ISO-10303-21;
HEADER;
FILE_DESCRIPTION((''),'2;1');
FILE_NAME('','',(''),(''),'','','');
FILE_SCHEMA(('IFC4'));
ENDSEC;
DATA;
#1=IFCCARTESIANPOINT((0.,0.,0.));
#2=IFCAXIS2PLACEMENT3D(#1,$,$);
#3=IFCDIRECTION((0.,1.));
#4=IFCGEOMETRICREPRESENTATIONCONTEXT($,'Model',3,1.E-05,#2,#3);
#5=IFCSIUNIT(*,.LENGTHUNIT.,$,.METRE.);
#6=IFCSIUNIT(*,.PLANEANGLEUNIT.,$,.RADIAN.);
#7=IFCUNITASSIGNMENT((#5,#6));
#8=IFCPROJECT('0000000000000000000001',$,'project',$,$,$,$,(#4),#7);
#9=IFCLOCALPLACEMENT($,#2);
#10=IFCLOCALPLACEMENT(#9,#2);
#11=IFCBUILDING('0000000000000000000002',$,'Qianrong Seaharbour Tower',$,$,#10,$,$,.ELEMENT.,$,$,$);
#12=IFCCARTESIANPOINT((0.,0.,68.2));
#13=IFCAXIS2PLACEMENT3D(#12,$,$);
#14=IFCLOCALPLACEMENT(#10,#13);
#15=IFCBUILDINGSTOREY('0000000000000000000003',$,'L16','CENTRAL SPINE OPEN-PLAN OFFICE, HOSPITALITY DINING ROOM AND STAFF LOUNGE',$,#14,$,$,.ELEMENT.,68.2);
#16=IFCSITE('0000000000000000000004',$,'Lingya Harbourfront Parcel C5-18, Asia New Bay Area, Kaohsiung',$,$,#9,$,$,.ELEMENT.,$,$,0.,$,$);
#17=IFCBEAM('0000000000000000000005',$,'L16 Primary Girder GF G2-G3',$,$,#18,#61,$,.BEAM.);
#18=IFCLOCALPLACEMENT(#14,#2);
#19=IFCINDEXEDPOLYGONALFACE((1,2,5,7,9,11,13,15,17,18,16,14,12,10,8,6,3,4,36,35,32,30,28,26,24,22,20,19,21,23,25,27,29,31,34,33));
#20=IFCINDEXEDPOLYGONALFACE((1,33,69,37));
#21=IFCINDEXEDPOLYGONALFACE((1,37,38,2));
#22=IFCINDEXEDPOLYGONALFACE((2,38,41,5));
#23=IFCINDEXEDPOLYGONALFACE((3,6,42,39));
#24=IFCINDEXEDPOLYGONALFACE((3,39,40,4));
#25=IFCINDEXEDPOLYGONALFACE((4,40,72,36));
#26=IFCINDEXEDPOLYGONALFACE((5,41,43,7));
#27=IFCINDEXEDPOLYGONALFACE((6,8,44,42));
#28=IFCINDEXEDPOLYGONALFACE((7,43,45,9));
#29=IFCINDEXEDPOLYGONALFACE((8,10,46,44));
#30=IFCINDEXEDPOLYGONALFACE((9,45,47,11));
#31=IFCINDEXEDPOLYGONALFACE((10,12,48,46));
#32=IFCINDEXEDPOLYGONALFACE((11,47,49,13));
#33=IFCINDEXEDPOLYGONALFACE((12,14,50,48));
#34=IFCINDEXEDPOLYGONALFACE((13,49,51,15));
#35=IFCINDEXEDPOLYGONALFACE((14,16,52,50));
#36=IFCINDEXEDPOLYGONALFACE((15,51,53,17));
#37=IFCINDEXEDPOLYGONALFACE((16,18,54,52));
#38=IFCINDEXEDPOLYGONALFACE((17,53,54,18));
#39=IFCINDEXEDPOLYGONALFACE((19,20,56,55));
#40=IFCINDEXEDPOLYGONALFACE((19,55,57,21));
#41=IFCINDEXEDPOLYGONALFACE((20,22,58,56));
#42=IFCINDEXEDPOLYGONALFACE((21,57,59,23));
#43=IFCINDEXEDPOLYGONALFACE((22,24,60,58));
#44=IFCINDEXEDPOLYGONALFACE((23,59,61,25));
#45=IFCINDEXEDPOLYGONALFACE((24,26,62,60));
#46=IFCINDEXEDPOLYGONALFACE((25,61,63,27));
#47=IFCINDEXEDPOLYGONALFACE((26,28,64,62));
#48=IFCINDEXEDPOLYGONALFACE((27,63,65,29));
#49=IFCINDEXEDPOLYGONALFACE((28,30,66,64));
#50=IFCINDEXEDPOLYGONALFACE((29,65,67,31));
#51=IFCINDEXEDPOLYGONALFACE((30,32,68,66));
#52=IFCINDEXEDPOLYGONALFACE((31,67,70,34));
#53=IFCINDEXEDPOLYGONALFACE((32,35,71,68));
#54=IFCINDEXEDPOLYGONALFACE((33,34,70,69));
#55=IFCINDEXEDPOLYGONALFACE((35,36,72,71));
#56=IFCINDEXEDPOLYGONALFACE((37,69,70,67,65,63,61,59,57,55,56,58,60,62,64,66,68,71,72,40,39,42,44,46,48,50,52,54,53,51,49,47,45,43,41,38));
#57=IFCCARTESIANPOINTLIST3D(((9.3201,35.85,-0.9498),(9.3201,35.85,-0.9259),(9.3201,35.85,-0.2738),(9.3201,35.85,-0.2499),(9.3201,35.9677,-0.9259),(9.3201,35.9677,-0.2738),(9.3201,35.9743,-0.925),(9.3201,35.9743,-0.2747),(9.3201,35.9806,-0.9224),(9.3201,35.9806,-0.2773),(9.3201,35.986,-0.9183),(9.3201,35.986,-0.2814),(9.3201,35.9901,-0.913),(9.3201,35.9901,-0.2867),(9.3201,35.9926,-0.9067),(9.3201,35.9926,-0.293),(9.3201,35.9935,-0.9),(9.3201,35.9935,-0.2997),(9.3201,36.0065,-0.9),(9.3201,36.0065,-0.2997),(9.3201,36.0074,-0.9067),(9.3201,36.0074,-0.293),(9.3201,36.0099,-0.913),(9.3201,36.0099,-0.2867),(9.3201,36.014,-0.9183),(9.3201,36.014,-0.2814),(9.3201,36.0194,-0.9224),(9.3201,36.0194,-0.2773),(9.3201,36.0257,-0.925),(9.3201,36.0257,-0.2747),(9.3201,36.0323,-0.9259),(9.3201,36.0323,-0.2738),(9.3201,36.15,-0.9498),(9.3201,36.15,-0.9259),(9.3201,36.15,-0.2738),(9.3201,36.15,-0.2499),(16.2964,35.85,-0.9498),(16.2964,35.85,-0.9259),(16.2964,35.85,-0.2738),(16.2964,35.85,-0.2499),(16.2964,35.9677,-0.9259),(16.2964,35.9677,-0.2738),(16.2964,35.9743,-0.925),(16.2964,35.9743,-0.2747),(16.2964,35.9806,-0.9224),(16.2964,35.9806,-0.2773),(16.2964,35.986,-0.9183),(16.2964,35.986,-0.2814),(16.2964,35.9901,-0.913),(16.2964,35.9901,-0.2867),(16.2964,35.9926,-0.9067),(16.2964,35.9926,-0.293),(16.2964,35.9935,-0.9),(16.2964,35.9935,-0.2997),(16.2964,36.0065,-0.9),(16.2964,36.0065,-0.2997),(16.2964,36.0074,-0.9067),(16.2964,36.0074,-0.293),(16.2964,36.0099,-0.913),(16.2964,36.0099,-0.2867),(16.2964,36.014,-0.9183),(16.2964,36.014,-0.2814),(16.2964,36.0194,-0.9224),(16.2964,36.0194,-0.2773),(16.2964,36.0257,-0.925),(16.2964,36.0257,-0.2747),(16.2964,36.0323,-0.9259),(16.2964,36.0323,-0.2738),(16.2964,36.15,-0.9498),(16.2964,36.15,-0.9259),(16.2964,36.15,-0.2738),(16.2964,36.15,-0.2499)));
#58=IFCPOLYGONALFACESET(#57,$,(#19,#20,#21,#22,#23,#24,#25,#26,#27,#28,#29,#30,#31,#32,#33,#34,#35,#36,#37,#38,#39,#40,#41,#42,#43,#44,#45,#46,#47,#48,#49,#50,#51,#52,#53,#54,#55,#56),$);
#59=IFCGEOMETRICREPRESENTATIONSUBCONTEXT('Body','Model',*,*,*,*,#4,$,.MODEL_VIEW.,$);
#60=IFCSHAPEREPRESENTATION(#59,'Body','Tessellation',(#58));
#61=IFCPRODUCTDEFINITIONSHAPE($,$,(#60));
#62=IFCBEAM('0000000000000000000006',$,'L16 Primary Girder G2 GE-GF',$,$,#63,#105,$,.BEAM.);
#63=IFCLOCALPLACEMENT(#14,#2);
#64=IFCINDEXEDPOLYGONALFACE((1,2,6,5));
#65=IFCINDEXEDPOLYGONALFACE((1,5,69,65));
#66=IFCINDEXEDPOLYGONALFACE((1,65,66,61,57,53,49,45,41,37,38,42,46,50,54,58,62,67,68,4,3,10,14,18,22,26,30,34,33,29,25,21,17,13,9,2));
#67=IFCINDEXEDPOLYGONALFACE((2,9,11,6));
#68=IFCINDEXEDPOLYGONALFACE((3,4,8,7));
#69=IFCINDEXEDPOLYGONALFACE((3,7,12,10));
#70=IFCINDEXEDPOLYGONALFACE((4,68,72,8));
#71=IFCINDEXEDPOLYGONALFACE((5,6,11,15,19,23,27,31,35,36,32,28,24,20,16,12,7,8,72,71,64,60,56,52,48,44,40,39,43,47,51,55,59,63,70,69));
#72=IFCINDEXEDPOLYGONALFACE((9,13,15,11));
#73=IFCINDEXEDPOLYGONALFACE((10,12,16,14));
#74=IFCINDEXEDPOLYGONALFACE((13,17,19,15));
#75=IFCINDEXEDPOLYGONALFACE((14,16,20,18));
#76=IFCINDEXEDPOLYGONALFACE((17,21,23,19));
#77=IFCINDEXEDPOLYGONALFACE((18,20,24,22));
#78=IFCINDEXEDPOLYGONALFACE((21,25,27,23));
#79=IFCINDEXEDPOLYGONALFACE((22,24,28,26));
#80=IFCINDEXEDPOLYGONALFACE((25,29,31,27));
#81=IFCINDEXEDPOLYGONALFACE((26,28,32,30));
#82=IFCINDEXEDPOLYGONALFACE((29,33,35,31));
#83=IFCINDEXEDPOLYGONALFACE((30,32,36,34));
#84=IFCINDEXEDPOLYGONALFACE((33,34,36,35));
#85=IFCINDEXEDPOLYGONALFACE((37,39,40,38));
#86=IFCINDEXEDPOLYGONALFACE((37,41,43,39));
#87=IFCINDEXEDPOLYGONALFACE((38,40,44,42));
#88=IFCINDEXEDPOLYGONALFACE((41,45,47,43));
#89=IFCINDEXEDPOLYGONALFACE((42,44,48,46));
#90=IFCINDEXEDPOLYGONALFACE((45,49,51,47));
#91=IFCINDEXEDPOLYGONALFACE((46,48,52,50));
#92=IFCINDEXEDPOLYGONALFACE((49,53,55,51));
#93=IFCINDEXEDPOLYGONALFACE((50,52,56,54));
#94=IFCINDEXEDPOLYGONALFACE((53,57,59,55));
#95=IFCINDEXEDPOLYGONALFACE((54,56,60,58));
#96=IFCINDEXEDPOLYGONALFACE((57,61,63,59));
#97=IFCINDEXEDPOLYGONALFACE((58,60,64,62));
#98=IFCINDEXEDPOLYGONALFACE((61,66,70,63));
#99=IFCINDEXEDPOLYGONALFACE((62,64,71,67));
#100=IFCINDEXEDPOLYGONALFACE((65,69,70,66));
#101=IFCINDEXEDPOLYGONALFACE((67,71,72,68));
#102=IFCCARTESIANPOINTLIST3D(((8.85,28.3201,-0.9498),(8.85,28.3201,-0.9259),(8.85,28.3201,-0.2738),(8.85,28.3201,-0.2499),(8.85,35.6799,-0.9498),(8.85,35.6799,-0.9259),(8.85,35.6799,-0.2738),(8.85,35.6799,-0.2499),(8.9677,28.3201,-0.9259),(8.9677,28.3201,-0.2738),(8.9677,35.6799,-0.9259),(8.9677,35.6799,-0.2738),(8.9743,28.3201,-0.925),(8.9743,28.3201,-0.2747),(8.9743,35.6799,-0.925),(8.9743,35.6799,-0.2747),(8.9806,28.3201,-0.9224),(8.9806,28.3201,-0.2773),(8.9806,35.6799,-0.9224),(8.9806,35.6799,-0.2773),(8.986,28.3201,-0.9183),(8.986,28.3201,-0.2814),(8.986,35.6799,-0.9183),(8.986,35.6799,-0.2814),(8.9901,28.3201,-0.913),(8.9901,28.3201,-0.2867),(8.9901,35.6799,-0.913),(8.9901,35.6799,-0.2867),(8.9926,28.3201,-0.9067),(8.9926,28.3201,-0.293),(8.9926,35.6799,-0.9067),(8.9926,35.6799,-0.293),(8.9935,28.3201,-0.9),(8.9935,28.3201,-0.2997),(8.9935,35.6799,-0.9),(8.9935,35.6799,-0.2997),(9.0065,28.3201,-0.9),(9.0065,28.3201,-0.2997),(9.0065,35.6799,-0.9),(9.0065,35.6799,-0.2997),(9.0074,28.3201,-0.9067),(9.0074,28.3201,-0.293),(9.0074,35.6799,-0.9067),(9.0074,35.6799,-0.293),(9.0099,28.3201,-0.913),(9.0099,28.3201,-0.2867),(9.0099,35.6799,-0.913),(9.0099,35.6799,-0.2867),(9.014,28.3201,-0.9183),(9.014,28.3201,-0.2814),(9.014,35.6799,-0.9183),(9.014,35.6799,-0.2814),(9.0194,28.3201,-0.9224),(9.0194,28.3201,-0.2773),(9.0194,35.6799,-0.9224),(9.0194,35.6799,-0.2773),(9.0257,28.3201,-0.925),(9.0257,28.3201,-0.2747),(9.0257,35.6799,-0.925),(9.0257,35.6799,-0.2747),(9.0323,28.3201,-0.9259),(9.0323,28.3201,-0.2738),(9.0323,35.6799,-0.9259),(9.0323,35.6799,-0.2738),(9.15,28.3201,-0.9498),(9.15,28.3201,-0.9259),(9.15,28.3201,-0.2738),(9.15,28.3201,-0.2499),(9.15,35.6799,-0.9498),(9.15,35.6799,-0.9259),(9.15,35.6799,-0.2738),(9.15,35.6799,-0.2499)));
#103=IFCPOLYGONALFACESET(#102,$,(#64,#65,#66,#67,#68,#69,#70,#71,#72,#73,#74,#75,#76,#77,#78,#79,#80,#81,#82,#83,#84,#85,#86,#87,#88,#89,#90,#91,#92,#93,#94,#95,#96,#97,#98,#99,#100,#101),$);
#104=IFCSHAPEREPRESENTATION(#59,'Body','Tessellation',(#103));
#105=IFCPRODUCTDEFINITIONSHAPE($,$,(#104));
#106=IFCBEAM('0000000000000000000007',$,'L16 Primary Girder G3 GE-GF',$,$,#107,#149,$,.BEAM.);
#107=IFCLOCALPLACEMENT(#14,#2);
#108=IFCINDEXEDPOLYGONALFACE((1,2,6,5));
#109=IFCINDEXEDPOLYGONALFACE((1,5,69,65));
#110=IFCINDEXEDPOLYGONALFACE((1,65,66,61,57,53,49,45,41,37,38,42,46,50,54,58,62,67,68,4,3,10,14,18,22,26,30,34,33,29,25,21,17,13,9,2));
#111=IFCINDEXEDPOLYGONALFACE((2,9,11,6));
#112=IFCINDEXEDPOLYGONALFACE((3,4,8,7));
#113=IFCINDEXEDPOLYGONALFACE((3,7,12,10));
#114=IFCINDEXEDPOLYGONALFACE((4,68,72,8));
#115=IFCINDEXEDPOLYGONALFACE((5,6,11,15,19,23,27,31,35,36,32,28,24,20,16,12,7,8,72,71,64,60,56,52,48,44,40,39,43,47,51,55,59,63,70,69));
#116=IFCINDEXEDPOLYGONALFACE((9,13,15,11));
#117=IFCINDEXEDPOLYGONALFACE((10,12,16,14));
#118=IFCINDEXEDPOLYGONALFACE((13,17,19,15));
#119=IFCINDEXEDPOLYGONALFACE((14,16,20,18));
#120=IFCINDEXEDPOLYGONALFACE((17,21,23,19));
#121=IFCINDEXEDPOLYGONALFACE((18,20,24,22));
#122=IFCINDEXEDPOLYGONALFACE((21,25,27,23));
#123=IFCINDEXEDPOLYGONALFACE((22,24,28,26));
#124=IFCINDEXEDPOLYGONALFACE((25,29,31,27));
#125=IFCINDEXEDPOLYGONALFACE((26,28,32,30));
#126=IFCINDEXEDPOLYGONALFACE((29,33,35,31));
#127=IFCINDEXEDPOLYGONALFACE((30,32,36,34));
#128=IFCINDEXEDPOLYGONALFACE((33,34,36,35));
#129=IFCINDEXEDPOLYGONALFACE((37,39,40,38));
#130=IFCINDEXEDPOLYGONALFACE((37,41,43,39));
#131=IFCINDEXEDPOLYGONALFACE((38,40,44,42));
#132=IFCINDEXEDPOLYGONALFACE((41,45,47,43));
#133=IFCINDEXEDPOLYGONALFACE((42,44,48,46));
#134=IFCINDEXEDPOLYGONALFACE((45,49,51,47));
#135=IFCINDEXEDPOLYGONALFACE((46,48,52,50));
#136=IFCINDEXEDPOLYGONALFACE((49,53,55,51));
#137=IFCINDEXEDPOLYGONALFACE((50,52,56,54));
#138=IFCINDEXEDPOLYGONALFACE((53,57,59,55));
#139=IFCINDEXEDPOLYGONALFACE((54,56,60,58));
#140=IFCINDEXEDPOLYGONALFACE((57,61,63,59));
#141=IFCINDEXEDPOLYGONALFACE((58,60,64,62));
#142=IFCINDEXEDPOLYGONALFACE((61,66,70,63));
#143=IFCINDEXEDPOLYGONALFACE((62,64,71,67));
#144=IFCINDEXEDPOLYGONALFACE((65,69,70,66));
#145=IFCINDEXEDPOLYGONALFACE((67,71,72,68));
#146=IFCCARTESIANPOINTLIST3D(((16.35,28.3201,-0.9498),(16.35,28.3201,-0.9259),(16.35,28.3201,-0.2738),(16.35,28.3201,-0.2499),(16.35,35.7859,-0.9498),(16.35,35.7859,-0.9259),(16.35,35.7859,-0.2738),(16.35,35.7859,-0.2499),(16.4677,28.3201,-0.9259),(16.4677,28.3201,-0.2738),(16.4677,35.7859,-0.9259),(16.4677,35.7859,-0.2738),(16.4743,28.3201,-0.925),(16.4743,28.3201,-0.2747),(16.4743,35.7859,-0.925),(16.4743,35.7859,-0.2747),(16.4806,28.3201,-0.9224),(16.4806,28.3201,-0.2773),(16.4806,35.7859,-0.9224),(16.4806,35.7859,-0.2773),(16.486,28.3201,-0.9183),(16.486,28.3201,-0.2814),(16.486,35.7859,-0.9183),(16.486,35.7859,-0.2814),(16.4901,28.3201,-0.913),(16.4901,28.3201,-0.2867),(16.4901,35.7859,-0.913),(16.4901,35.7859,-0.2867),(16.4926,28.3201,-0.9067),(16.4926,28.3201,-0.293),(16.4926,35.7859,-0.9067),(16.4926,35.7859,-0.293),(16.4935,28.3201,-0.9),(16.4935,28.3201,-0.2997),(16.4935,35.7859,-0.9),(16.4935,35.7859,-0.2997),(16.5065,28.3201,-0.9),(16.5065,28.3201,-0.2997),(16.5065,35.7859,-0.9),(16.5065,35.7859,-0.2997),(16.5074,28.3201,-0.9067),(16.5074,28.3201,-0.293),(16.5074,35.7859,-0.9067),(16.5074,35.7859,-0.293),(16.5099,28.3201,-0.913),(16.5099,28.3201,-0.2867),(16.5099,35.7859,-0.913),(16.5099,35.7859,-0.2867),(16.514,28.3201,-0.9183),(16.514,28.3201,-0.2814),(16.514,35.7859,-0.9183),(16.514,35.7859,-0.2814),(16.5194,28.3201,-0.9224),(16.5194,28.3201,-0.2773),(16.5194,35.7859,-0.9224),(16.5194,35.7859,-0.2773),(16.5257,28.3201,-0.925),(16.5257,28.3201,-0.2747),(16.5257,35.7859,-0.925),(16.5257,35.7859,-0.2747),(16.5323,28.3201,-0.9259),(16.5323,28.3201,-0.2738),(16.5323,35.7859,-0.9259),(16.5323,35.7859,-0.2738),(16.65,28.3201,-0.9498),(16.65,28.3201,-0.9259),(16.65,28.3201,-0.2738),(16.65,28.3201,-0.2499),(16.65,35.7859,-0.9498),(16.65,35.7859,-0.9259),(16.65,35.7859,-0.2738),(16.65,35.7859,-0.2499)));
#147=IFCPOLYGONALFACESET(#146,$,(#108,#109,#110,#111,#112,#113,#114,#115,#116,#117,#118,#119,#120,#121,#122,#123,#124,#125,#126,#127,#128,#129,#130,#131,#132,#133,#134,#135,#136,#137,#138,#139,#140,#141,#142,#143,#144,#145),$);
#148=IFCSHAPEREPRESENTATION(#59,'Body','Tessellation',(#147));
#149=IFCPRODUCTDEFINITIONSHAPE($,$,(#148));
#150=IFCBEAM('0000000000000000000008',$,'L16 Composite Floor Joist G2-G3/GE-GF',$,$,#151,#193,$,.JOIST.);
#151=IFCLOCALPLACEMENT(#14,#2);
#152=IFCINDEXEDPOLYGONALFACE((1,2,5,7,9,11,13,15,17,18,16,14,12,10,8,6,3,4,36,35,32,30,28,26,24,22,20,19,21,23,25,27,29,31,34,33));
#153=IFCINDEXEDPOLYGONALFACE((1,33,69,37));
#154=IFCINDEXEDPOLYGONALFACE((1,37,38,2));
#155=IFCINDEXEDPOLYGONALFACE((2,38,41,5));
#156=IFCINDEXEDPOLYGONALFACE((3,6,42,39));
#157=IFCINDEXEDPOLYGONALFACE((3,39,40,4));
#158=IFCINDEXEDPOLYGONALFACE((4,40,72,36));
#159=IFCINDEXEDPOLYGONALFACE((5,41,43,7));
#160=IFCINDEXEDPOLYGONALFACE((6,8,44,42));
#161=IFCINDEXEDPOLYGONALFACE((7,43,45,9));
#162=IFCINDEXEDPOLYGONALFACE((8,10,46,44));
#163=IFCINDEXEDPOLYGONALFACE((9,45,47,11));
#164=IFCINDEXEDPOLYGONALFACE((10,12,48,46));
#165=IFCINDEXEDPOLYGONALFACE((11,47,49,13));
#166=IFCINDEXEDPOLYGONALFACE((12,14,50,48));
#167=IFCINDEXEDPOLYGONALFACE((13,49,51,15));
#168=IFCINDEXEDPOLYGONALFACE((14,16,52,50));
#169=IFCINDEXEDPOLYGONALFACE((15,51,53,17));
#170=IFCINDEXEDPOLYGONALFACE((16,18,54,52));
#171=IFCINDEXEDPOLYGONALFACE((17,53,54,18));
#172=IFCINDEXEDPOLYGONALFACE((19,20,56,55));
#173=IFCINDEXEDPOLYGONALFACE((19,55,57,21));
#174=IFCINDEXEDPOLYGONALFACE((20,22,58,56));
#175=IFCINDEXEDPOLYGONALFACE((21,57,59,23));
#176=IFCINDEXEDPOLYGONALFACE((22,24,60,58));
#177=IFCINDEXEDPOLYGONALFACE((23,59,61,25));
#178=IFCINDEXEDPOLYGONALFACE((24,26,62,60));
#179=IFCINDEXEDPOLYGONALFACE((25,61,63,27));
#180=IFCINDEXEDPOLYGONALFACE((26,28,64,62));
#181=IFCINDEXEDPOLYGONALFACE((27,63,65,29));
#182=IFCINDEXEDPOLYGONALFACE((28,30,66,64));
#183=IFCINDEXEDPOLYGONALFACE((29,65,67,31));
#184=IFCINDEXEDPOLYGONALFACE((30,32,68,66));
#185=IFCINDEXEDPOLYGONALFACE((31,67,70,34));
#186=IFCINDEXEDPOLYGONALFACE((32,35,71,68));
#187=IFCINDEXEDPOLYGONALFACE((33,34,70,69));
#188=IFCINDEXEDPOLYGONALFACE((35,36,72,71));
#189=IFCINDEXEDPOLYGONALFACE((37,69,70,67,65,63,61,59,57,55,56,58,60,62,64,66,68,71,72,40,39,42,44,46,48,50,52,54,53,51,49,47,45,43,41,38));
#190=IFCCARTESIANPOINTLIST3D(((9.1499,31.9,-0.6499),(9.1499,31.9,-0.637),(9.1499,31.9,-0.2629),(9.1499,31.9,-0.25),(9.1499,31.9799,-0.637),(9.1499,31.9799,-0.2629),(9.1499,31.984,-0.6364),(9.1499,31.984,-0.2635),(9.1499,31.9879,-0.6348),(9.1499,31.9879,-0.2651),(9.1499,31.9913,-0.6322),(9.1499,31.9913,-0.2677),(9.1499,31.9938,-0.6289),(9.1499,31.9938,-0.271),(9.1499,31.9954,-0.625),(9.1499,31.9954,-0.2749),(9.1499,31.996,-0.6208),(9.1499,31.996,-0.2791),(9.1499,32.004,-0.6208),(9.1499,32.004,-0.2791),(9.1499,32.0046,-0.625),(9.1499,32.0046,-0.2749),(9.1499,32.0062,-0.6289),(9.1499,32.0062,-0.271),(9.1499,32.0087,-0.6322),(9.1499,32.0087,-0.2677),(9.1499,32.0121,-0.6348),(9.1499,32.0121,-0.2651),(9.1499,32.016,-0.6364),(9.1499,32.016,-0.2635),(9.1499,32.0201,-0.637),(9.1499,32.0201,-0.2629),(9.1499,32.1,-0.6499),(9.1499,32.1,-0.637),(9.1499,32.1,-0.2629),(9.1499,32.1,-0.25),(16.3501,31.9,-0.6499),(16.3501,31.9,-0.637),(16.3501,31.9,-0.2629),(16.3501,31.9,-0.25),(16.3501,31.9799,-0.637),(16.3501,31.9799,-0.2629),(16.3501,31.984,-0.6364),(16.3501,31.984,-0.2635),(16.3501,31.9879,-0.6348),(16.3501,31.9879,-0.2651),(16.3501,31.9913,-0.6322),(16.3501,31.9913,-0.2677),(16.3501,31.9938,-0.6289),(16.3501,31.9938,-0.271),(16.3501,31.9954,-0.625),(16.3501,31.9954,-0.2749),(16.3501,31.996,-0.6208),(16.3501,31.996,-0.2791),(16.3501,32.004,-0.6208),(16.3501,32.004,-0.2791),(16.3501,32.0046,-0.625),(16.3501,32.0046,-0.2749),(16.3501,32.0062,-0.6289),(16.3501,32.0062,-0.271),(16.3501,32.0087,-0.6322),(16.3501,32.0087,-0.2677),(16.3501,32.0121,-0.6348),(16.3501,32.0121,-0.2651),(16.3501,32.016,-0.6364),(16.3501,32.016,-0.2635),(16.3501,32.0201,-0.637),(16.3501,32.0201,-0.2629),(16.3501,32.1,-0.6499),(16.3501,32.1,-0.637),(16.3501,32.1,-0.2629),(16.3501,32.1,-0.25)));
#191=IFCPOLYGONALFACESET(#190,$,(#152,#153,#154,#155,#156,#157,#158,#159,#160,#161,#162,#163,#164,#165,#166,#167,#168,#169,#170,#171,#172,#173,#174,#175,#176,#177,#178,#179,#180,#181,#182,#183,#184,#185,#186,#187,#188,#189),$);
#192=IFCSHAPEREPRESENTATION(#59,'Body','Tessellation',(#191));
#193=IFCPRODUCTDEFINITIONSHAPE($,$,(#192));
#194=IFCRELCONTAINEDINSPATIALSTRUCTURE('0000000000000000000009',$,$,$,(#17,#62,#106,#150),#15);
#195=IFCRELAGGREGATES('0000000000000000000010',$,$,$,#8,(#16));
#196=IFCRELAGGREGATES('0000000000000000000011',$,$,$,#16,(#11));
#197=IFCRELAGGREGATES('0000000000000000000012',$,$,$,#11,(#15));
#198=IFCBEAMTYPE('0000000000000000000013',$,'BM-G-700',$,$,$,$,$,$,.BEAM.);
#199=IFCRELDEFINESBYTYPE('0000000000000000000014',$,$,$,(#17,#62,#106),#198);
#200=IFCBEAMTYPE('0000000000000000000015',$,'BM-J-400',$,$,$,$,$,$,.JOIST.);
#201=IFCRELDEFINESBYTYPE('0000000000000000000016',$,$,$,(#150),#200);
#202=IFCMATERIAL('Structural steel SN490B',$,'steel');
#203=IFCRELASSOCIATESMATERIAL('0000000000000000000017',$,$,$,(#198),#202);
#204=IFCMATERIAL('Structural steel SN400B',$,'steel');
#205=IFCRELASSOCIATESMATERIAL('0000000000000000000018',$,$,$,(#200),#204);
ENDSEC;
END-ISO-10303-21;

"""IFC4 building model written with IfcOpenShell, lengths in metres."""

from ifc_helpers import new_model, si_unit, direction, frame, origin, origin_2d, place, context, subcontext, project, spatial, i_section, extrude, material, material_profile, profile_set, type_object, element, save


model = new_model("IFC4")

# Units and contexts
model_context = context("Model", 3, precision=1e-05, world=origin(), true_north=direction((0.0, 1.0)))
body_context = subcontext(model_context, "Body", "Model", "MODEL_VIEW")
ifc_project = project(units=[si_unit("LENGTHUNIT", "METRE"), si_unit("PLANEANGLEUNIT", "RADIAN")], contexts=[model_context])

# Site, building, storey
site_placement = place(None, origin())
site = spatial("IfcSite", under=ifc_project, at=site_placement, Name="Lingya Harbourfront Parcel C5-18, Asia New Bay Area, Kaohsiung", CompositionType="ELEMENT", RefElevation=0.0)
building_placement = place(site_placement, origin())
building = spatial("IfcBuilding", under=site, at=building_placement, Name="Qianrong Seaharbour Tower", CompositionType="ELEMENT")
storey_placement = place(building_placement, frame((0.0, 0.0, 68.2)))
storey = spatial("IfcBuildingStorey", under=building, at=storey_placement, Name="L16", Description="CENTRAL SPINE OPEN-PLAN OFFICE, HOSPITALITY DINING ROOM AND STAFF LOUNGE", CompositionType="ELEMENT", Elevation=68.2)

# Shared definitions
ifc_material_1 = material(Name="Structural steel SN490B", Category="steel")

# Beams
ifc_material_profile_1 = material_profile(ifc_material_1, i_section(OverallWidth=0.3, OverallDepth=0.7, WebThickness=0.0129, FlangeThickness=0.0239, FilletRadius=0.0259, at=origin_2d()), Name="H700x300x13x24")
ifc_profile_set_1 = profile_set([ifc_material_profile_1], Name="Structural steel SN490B")
beam_type_1 = type_object("IfcBeamType", Name="BM-G-700", PredefinedType="BEAM", material=ifc_profile_set_1)
beam_1_placement = place(storey_placement, frame((9.3201, 36.0, -0.5999), z_axis=(1.0, 0.0, 0.0), x_axis=(0.0, 1.0, 0.0)))
element("IfcBeam", 1, at=beam_1_placement, inside=storey, type_object=beam_type_1, Name="L16 Primary Girder GF G2-G3", PredefinedType="BEAM", context=body_context, shape_type="SweptSolid", body=[
    extrude(i_section(OverallWidth=0.3, OverallDepth=0.7, WebThickness=0.0129, FlangeThickness=0.0239, FilletRadius=0.0259, at=origin_2d()), origin(), (0.0, 0.0, 1.0), 6.9763),
])
beam_2_placement = place(storey_placement, frame((9.0, 28.3201, -0.5999), z_axis=(0.0, 1.0, 0.0), x_axis=(-1.0, 0.0, 0.0)))
element("IfcBeam", 2, at=beam_2_placement, inside=storey, type_object=beam_type_1, Name="L16 Primary Girder G2 GE-GF", PredefinedType="BEAM", context=body_context, shape_type="SweptSolid", body=[
    extrude(i_section(OverallWidth=0.3, OverallDepth=0.7, WebThickness=0.0129, FlangeThickness=0.0239, FilletRadius=0.0259, at=origin_2d()), origin(), (0.0, 0.0, 1.0), 7.3599),
])
beam_3_placement = place(storey_placement, frame((16.5, 28.3201, -0.5999), z_axis=(0.0, 1.0, 0.0), x_axis=(-1.0, 0.0, 0.0)))
element("IfcBeam", 3, at=beam_3_placement, inside=storey, type_object=beam_type_1, Name="L16 Primary Girder G3 GE-GF", PredefinedType="BEAM", context=body_context, shape_type="SweptSolid", body=[
    extrude(i_section(OverallWidth=0.3, OverallDepth=0.7, WebThickness=0.0129, FlangeThickness=0.0239, FilletRadius=0.0259, at=origin_2d()), origin(), (0.0, 0.0, 1.0), 7.4658),
])
ifc_material_2 = material(Name="Structural steel SN400B", Category="steel")
ifc_material_profile_2 = material_profile(ifc_material_2, i_section(OverallWidth=0.2, OverallDepth=0.3999, WebThickness=0.0081, FlangeThickness=0.0129, FilletRadius=0.0161, at=origin_2d()), Name="H400x200x8x13")
ifc_profile_set_2 = profile_set([ifc_material_profile_2], Name="Structural steel SN400B")
beam_type_2 = type_object("IfcBeamType", Name="BM-J-400", PredefinedType="JOIST", material=ifc_profile_set_2)
beam_4_placement = place(storey_placement, frame((9.1499, 32.0, -0.45), z_axis=(1.0, 0.0, 0.0), x_axis=(0.0, 1.0, 0.0)))
element("IfcBeam", 4, at=beam_4_placement, inside=storey, type_object=beam_type_2, Name="L16 Composite Floor Joist G2-G3/GE-GF", PredefinedType="JOIST", context=body_context, shape_type="SweptSolid", body=[
    extrude(i_section(OverallWidth=0.2, OverallDepth=0.3999, WebThickness=0.0081, FlangeThickness=0.0129, FilletRadius=0.0161, at=origin_2d()), origin(), (0.0, 0.0, 1.0), 7.2002),
])

save(model, "model.ifc")
